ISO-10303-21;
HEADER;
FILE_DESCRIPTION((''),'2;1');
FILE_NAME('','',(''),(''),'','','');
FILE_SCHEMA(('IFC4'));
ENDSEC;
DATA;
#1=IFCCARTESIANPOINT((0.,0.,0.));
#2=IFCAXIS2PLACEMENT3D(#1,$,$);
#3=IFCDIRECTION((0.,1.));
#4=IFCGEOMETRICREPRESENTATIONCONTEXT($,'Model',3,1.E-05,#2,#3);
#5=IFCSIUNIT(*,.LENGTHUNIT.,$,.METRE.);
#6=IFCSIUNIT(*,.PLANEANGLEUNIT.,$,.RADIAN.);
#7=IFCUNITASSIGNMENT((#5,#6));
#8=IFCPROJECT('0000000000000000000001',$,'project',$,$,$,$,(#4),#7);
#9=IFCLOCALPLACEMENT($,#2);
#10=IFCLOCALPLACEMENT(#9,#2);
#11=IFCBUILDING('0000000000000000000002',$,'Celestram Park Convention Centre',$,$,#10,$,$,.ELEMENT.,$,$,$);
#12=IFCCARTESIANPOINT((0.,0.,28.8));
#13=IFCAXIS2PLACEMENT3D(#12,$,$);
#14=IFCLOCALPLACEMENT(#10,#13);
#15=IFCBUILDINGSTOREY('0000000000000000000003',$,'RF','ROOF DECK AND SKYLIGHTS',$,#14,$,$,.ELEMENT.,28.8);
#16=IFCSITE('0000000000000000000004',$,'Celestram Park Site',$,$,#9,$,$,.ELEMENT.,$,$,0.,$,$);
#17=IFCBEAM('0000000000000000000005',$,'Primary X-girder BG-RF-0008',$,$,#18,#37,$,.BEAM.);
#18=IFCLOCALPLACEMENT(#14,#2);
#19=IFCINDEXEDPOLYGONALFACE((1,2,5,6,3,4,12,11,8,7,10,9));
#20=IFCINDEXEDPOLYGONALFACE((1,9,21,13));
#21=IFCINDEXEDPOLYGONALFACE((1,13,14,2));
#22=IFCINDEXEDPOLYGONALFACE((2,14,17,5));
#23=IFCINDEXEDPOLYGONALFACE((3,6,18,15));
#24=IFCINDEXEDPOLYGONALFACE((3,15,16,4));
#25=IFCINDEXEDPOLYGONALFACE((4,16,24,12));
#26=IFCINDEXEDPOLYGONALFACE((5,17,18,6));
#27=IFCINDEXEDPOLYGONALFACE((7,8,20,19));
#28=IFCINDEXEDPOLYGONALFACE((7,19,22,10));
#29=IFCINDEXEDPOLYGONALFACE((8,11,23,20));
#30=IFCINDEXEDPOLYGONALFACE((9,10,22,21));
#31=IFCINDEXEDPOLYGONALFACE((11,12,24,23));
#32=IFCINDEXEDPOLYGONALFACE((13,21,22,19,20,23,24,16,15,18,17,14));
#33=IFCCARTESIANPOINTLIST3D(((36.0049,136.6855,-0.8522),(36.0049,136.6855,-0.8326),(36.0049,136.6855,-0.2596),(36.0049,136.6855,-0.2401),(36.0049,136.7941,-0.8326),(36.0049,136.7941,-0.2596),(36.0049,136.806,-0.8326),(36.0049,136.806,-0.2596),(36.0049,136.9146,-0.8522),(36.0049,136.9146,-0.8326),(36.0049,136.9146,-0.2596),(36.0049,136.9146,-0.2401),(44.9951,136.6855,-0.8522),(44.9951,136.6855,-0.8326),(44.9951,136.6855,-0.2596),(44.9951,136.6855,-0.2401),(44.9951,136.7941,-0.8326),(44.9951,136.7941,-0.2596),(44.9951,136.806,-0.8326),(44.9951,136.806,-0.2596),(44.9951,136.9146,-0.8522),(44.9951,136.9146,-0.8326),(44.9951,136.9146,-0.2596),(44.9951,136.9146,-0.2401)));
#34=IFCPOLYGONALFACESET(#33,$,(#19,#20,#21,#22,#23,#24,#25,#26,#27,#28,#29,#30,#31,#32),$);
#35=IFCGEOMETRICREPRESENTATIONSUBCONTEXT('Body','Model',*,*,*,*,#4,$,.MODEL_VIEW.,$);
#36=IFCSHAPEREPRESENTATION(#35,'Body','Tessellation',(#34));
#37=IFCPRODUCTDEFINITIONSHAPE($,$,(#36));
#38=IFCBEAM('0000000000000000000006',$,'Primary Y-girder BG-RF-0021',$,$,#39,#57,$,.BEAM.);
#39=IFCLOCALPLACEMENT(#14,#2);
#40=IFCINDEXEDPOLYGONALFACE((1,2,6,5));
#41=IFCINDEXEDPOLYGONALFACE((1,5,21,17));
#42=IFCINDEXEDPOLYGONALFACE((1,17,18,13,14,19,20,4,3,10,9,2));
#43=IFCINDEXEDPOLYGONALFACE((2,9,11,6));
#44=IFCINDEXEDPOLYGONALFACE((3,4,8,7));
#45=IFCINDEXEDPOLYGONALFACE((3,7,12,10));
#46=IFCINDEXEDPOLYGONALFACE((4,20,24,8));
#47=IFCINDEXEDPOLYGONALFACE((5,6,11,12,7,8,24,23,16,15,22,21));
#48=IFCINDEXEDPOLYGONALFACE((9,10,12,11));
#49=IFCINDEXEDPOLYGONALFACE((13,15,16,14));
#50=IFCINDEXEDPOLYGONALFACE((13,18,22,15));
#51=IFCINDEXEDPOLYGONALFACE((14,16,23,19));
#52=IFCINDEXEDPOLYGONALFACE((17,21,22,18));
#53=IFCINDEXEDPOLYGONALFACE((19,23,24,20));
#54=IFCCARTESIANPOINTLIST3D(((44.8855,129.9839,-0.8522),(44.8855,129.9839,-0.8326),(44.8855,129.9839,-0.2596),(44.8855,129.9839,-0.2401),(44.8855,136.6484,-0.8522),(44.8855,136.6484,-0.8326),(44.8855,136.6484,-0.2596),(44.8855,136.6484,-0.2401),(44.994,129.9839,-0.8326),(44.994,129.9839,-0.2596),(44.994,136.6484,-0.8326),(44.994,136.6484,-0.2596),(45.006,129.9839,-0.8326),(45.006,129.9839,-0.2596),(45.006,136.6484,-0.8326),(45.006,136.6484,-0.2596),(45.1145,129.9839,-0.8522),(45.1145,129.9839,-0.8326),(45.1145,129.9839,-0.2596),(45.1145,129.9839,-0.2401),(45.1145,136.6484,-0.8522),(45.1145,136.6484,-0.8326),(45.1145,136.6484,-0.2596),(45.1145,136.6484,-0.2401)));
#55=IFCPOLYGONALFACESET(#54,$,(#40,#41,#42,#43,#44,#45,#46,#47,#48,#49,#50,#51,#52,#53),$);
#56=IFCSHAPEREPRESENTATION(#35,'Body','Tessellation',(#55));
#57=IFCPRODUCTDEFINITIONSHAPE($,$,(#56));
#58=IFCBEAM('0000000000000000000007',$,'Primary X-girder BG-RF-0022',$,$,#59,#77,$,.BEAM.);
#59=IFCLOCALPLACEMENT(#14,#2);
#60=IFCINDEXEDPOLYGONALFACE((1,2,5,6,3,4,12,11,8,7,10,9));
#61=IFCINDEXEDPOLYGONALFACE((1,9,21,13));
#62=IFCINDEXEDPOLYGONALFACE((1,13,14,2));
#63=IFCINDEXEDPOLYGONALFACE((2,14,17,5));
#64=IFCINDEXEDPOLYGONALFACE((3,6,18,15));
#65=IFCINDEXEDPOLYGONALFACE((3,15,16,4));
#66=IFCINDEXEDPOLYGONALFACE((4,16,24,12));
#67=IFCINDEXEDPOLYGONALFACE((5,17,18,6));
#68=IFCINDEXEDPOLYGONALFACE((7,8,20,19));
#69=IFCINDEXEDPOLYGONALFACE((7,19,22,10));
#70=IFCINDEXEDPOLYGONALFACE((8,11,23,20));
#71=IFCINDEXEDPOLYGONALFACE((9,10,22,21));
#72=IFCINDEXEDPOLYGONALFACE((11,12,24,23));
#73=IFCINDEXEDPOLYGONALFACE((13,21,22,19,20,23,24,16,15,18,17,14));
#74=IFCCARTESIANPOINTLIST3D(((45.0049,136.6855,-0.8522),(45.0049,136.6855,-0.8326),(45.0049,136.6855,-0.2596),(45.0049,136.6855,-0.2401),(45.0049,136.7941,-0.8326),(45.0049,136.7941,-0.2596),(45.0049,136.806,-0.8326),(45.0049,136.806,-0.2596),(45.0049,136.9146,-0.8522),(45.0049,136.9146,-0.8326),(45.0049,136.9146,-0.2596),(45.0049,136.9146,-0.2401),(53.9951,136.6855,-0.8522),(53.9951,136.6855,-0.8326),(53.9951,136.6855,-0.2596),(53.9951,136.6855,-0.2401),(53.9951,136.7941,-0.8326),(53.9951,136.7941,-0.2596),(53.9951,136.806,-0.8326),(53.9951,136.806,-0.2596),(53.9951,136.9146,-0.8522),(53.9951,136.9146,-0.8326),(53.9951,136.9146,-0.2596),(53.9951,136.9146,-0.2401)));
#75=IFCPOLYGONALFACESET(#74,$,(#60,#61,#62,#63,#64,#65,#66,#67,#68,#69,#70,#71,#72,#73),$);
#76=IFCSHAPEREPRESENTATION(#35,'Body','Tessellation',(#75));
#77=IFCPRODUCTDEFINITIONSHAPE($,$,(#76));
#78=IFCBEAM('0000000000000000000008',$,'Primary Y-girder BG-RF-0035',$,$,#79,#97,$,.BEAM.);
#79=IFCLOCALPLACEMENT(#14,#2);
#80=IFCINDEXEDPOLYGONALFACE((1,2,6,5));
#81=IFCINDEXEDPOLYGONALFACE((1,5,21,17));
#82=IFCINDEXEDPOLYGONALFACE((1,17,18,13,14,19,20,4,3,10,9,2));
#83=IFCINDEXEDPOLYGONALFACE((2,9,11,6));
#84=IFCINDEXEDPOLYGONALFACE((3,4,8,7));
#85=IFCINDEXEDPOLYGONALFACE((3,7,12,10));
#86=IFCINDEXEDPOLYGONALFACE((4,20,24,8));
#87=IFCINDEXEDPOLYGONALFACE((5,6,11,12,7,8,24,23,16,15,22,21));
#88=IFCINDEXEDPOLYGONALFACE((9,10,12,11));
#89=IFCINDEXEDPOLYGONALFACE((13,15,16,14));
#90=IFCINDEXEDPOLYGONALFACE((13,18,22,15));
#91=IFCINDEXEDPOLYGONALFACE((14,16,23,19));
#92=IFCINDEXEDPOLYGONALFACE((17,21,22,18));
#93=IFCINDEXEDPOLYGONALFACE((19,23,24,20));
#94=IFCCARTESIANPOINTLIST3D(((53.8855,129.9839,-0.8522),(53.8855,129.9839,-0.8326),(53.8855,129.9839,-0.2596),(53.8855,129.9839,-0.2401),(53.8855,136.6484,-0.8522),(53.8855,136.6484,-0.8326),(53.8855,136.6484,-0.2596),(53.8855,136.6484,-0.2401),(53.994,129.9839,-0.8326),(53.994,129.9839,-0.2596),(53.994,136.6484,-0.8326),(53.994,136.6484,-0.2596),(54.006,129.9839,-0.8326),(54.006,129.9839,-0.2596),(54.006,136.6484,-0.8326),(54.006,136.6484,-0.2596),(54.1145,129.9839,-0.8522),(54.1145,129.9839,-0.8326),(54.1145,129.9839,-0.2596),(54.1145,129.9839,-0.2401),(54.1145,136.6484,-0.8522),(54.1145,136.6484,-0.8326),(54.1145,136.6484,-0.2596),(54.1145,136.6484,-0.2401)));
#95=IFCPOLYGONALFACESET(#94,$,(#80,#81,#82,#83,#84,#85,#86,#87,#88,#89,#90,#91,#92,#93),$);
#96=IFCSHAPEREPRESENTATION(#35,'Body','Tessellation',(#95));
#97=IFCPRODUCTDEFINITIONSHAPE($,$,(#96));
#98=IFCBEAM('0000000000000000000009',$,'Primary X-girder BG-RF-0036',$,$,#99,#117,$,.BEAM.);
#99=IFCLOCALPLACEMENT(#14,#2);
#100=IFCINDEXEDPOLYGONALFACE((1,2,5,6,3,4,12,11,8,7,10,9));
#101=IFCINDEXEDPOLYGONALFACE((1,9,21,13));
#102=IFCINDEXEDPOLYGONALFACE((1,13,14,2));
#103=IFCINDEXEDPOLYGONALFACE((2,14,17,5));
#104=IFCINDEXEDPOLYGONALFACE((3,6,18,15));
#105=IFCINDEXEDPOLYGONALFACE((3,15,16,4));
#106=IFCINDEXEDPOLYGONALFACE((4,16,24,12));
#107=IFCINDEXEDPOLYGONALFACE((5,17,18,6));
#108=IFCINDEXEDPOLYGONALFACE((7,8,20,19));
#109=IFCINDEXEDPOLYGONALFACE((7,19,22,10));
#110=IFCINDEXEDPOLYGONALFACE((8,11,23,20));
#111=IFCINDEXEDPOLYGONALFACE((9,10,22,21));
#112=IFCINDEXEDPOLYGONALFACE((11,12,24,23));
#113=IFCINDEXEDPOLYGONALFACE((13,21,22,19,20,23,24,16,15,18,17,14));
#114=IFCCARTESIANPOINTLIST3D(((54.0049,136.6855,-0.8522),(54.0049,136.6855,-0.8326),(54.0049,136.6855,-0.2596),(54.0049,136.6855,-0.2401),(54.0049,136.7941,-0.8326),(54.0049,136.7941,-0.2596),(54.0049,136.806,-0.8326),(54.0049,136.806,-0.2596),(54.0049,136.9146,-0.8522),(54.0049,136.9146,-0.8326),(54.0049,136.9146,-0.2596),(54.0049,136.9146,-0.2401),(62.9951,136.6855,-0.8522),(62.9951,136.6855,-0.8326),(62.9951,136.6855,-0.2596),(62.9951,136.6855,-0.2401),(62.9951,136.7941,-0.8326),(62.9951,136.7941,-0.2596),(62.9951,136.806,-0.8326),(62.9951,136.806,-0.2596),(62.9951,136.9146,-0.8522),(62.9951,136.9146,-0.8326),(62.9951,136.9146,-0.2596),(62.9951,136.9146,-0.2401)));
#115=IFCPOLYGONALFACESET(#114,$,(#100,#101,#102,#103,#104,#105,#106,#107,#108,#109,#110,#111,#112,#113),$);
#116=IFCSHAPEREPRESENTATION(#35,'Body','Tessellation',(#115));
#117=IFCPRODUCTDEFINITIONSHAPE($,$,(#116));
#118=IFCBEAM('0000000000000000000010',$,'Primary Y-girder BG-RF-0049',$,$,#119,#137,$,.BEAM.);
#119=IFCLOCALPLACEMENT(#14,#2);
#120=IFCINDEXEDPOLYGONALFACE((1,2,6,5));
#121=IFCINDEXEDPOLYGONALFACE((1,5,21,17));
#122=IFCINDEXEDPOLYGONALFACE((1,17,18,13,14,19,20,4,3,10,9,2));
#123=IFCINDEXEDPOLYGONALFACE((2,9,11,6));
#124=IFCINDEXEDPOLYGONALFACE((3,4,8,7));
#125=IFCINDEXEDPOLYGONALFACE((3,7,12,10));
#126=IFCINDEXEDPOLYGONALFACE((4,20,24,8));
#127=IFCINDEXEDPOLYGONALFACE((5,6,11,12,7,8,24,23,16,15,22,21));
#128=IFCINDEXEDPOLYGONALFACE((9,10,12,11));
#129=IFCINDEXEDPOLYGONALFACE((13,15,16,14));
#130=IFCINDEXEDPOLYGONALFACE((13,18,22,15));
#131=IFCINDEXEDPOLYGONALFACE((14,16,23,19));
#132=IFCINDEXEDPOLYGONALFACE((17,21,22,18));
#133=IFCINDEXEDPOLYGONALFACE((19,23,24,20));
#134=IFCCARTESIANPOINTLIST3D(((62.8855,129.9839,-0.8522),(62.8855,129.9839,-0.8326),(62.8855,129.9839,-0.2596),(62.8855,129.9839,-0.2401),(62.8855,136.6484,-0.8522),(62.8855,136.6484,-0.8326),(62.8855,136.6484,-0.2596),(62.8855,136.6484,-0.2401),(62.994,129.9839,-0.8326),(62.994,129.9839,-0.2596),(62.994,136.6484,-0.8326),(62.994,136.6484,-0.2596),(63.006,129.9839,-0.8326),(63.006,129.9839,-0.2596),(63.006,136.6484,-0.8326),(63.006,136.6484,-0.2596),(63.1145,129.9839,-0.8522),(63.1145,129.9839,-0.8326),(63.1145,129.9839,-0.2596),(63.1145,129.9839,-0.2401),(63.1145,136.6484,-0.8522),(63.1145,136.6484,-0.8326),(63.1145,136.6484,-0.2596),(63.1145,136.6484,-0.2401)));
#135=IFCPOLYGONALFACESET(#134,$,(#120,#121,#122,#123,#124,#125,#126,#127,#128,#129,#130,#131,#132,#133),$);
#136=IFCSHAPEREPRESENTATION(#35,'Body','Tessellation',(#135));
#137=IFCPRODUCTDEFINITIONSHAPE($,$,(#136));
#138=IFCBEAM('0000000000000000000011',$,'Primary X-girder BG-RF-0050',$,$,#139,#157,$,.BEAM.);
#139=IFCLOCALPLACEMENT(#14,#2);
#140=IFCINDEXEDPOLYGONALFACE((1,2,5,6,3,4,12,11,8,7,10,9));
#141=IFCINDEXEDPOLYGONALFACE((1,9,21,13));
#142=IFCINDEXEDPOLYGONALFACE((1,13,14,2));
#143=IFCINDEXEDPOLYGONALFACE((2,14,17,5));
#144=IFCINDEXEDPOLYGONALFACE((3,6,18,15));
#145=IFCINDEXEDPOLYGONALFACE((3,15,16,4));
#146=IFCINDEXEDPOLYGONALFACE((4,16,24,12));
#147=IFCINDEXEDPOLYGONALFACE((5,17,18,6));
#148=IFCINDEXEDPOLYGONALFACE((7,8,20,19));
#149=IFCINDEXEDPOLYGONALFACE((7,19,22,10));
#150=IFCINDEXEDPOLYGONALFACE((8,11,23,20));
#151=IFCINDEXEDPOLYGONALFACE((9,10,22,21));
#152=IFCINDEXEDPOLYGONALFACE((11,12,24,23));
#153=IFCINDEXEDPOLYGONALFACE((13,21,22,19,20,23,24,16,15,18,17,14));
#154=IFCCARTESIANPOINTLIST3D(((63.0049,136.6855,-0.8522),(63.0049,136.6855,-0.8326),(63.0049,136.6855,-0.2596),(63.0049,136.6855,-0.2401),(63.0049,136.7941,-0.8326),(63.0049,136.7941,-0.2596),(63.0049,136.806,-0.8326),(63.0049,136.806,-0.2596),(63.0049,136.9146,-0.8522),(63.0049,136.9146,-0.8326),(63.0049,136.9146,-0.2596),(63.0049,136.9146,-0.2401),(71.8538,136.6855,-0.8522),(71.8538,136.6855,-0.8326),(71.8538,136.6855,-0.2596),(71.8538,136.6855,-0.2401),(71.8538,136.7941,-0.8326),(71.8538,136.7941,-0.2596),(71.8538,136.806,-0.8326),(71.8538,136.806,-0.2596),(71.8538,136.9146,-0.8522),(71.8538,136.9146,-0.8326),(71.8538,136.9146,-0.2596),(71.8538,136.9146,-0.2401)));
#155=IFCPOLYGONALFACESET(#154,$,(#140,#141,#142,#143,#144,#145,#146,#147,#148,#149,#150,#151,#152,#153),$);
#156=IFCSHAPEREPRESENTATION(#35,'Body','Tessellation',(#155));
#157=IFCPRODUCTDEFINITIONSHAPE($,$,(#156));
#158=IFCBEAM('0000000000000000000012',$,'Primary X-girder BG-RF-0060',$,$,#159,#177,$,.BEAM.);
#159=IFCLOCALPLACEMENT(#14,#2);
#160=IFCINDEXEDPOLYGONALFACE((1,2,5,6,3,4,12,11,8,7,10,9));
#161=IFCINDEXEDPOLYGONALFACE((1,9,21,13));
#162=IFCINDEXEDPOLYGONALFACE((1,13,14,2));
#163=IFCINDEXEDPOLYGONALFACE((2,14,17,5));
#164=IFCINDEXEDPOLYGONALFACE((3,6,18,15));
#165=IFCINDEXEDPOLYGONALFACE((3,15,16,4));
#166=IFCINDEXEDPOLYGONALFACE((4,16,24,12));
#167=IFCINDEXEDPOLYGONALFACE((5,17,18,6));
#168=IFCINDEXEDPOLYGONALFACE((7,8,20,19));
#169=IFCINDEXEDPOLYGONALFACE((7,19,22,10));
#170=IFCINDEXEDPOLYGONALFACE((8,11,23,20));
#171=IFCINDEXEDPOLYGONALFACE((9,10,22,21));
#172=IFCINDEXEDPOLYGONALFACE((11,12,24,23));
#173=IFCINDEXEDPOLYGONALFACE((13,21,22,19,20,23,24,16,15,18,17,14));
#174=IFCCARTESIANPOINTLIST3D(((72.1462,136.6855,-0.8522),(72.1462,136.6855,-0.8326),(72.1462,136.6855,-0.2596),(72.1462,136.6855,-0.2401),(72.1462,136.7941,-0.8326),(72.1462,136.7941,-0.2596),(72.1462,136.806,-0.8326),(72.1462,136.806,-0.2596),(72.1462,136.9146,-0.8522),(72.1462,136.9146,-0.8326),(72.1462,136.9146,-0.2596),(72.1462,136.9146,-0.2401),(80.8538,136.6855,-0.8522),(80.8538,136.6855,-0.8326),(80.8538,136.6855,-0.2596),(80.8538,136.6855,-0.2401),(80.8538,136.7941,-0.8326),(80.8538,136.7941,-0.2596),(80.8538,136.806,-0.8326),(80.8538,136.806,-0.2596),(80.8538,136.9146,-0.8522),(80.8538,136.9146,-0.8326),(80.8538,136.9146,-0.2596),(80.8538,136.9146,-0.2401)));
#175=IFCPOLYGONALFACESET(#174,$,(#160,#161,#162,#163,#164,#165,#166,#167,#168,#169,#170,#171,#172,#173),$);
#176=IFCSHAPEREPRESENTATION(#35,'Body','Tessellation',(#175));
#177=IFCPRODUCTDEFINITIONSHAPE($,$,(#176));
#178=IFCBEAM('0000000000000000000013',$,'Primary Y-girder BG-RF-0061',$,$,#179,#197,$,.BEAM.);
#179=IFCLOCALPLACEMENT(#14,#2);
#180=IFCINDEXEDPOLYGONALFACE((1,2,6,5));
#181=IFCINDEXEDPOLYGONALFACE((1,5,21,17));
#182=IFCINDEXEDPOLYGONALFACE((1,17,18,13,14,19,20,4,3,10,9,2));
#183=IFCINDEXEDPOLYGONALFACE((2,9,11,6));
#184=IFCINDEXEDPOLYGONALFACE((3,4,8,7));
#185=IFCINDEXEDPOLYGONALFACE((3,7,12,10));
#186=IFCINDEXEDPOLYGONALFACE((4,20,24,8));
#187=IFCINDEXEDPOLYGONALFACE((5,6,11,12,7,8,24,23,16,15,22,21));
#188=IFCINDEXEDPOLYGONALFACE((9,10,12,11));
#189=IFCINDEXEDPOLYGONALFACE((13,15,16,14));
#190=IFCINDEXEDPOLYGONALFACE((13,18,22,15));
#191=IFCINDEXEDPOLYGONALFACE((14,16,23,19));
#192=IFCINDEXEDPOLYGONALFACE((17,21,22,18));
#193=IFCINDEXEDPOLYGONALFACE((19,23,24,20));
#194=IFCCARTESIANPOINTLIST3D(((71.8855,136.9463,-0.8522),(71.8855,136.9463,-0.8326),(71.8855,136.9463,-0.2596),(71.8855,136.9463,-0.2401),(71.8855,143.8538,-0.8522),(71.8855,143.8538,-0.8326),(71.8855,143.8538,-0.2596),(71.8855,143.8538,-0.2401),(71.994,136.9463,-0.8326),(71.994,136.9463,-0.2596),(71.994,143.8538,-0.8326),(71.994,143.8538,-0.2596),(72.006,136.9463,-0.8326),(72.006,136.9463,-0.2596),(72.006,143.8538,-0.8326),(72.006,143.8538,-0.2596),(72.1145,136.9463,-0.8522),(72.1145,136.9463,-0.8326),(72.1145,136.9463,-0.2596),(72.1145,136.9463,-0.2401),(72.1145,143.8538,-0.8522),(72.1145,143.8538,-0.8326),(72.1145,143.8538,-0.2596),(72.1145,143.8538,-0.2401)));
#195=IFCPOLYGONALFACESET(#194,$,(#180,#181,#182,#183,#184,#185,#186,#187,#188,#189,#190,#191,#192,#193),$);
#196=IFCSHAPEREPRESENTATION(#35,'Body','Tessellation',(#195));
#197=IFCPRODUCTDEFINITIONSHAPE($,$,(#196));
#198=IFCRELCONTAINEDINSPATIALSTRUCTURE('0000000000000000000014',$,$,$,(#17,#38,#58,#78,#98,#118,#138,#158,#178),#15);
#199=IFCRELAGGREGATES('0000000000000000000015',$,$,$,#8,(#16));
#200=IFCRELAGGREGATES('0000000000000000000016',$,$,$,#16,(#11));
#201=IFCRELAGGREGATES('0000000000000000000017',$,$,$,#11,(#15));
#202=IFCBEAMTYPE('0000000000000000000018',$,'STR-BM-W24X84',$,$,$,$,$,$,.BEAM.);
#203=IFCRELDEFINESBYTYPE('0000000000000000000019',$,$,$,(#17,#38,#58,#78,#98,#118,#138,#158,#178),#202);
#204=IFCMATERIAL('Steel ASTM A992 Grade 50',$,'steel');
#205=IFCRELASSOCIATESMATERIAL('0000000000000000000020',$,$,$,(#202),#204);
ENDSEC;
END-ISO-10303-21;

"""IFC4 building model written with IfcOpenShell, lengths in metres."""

from ifc_helpers import new_model, si_unit, direction, frame, origin, origin_2d, place, context, subcontext, project, spatial, i_section, extrude, material, material_profile, profile_set, type_object, element, save


model = new_model("IFC4")

# Units and contexts
model_context = context("Model", 3, precision=1e-05, world=origin(), true_north=direction((0.0, 1.0)))
body_context = subcontext(model_context, "Body", "Model", "MODEL_VIEW")
ifc_project = project(units=[si_unit("LENGTHUNIT", "METRE"), si_unit("PLANEANGLEUNIT", "RADIAN")], contexts=[model_context])

# Site, building, storey
site_placement = place(None, origin())
site = spatial("IfcSite", under=ifc_project, at=site_placement, Name="Celestram Park Site", CompositionType="ELEMENT", RefElevation=0.0)
building_placement = place(site_placement, origin())
building = spatial("IfcBuilding", under=site, at=building_placement, Name="Celestram Park Convention Centre", CompositionType="ELEMENT")
storey_placement = place(building_placement, frame((0.0, 0.0, 28.8)))
storey = spatial("IfcBuildingStorey", under=building, at=storey_placement, Name="RF", Description="ROOF DECK AND SKYLIGHTS", CompositionType="ELEMENT", Elevation=28.8)

# Beams
ifc_material_1 = material(Name="Steel ASTM A992 Grade 50", Category="steel")
ifc_material_profile_1 = material_profile(ifc_material_1, i_section(OverallWidth=0.229, OverallDepth=0.6121, WebThickness=0.012, FlangeThickness=0.0195, at=origin_2d()), Name="W24X84")
ifc_profile_set_1 = profile_set([ifc_material_profile_1], Name="Steel ASTM A992 Grade 50")
beam_type_1 = type_object("IfcBeamType", Name="STR-BM-W24X84", PredefinedType="BEAM", material=ifc_profile_set_1)
beam_1_placement = place(storey_placement, frame((36.0049, 136.8, -0.5461), z_axis=(1.0, 0.0, 0.0), x_axis=(0.0, 1.0, 0.0)))
element("IfcBeam", 1, at=beam_1_placement, inside=storey, type_object=beam_type_1, Name="Primary X-girder BG-RF-0008", PredefinedType="BEAM", context=body_context, shape_type="SweptSolid", body=[
    extrude(i_section(OverallWidth=0.229, OverallDepth=0.6121, WebThickness=0.012, FlangeThickness=0.0195, at=origin_2d()), origin(), (0.0, 0.0, 1.0), 8.9902),
])
beam_2_placement = place(storey_placement, frame((45.0, 129.9839, -0.5461), z_axis=(0.0, 1.0, 0.0), x_axis=(-1.0, 0.0, 0.0)))
element("IfcBeam", 2, at=beam_2_placement, inside=storey, type_object=beam_type_1, Name="Primary Y-girder BG-RF-0021", PredefinedType="BEAM", context=body_context, shape_type="SweptSolid", body=[
    extrude(i_section(OverallWidth=0.229, OverallDepth=0.6121, WebThickness=0.012, FlangeThickness=0.0195, at=origin_2d()), origin(), (0.0, 0.0, 1.0), 6.6646),
])
beam_3_placement = place(storey_placement, frame((45.0049, 136.8, -0.5461), z_axis=(1.0, 0.0, 0.0), x_axis=(0.0, 1.0, 0.0)))
element("IfcBeam", 3, at=beam_3_placement, inside=storey, type_object=beam_type_1, Name="Primary X-girder BG-RF-0022", PredefinedType="BEAM", context=body_context, shape_type="SweptSolid", body=[
    extrude(i_section(OverallWidth=0.229, OverallDepth=0.6121, WebThickness=0.012, FlangeThickness=0.0195, at=origin_2d()), origin(), (0.0, 0.0, 1.0), 8.9902),
])
beam_4_placement = place(storey_placement, frame((54.0, 129.9839, -0.5461), z_axis=(0.0, 1.0, 0.0), x_axis=(-1.0, 0.0, 0.0)))
element("IfcBeam", 4, at=beam_4_placement, inside=storey, type_object=beam_type_1, Name="Primary Y-girder BG-RF-0035", PredefinedType="BEAM", context=body_context, shape_type="SweptSolid", body=[
    extrude(i_section(OverallWidth=0.229, OverallDepth=0.6121, WebThickness=0.012, FlangeThickness=0.0195, at=origin_2d()), origin(), (0.0, 0.0, 1.0), 6.6646),
])
beam_5_placement = place(storey_placement, frame((54.0049, 136.8, -0.5461), z_axis=(1.0, 0.0, 0.0), x_axis=(0.0, 1.0, 0.0)))
element("IfcBeam", 5, at=beam_5_placement, inside=storey, type_object=beam_type_1, Name="Primary X-girder BG-RF-0036", PredefinedType="BEAM", context=body_context, shape_type="SweptSolid", body=[
    extrude(i_section(OverallWidth=0.229, OverallDepth=0.6121, WebThickness=0.012, FlangeThickness=0.0195, at=origin_2d()), origin(), (0.0, 0.0, 1.0), 8.9902),
])
beam_6_placement = place(storey_placement, frame((63.0, 129.9839, -0.5461), z_axis=(0.0, 1.0, 0.0), x_axis=(-1.0, 0.0, 0.0)))
element("IfcBeam", 6, at=beam_6_placement, inside=storey, type_object=beam_type_1, Name="Primary Y-girder BG-RF-0049", PredefinedType="BEAM", context=body_context, shape_type="SweptSolid", body=[
    extrude(i_section(OverallWidth=0.229, OverallDepth=0.6121, WebThickness=0.012, FlangeThickness=0.0195, at=origin_2d()), origin(), (0.0, 0.0, 1.0), 6.6646),
])
beam_7_placement = place(storey_placement, frame((63.0049, 136.8, -0.5461), z_axis=(1.0, 0.0, 0.0), x_axis=(0.0, 1.0, 0.0)))
element("IfcBeam", 7, at=beam_7_placement, inside=storey, type_object=beam_type_1, Name="Primary X-girder BG-RF-0050", PredefinedType="BEAM", context=body_context, shape_type="SweptSolid", body=[
    extrude(i_section(OverallWidth=0.229, OverallDepth=0.6121, WebThickness=0.012, FlangeThickness=0.0195, at=origin_2d()), origin(), (0.0, 0.0, 1.0), 8.8489),
])
beam_8_placement = place(storey_placement, frame((72.1462, 136.8, -0.5461), z_axis=(1.0, 0.0, 0.0), x_axis=(0.0, 1.0, 0.0)))
element("IfcBeam", 8, at=beam_8_placement, inside=storey, type_object=beam_type_1, Name="Primary X-girder BG-RF-0060", PredefinedType="BEAM", context=body_context, shape_type="SweptSolid", body=[
    extrude(i_section(OverallWidth=0.229, OverallDepth=0.6121, WebThickness=0.012, FlangeThickness=0.0195, at=origin_2d()), origin(), (0.0, 0.0, 1.0), 8.7075),
])
beam_9_placement = place(storey_placement, frame((72.0, 136.9463, -0.5461), z_axis=(0.0, 1.0, 0.0), x_axis=(-1.0, 0.0, 0.0)))
element("IfcBeam", 9, at=beam_9_placement, inside=storey, type_object=beam_type_1, Name="Primary Y-girder BG-RF-0061", PredefinedType="BEAM", context=body_context, shape_type="SweptSolid", body=[
    extrude(i_section(OverallWidth=0.229, OverallDepth=0.6121, WebThickness=0.012, FlangeThickness=0.0195, at=origin_2d()), origin(), (0.0, 0.0, 1.0), 6.9075),
])

save(model, "model.ifc")
